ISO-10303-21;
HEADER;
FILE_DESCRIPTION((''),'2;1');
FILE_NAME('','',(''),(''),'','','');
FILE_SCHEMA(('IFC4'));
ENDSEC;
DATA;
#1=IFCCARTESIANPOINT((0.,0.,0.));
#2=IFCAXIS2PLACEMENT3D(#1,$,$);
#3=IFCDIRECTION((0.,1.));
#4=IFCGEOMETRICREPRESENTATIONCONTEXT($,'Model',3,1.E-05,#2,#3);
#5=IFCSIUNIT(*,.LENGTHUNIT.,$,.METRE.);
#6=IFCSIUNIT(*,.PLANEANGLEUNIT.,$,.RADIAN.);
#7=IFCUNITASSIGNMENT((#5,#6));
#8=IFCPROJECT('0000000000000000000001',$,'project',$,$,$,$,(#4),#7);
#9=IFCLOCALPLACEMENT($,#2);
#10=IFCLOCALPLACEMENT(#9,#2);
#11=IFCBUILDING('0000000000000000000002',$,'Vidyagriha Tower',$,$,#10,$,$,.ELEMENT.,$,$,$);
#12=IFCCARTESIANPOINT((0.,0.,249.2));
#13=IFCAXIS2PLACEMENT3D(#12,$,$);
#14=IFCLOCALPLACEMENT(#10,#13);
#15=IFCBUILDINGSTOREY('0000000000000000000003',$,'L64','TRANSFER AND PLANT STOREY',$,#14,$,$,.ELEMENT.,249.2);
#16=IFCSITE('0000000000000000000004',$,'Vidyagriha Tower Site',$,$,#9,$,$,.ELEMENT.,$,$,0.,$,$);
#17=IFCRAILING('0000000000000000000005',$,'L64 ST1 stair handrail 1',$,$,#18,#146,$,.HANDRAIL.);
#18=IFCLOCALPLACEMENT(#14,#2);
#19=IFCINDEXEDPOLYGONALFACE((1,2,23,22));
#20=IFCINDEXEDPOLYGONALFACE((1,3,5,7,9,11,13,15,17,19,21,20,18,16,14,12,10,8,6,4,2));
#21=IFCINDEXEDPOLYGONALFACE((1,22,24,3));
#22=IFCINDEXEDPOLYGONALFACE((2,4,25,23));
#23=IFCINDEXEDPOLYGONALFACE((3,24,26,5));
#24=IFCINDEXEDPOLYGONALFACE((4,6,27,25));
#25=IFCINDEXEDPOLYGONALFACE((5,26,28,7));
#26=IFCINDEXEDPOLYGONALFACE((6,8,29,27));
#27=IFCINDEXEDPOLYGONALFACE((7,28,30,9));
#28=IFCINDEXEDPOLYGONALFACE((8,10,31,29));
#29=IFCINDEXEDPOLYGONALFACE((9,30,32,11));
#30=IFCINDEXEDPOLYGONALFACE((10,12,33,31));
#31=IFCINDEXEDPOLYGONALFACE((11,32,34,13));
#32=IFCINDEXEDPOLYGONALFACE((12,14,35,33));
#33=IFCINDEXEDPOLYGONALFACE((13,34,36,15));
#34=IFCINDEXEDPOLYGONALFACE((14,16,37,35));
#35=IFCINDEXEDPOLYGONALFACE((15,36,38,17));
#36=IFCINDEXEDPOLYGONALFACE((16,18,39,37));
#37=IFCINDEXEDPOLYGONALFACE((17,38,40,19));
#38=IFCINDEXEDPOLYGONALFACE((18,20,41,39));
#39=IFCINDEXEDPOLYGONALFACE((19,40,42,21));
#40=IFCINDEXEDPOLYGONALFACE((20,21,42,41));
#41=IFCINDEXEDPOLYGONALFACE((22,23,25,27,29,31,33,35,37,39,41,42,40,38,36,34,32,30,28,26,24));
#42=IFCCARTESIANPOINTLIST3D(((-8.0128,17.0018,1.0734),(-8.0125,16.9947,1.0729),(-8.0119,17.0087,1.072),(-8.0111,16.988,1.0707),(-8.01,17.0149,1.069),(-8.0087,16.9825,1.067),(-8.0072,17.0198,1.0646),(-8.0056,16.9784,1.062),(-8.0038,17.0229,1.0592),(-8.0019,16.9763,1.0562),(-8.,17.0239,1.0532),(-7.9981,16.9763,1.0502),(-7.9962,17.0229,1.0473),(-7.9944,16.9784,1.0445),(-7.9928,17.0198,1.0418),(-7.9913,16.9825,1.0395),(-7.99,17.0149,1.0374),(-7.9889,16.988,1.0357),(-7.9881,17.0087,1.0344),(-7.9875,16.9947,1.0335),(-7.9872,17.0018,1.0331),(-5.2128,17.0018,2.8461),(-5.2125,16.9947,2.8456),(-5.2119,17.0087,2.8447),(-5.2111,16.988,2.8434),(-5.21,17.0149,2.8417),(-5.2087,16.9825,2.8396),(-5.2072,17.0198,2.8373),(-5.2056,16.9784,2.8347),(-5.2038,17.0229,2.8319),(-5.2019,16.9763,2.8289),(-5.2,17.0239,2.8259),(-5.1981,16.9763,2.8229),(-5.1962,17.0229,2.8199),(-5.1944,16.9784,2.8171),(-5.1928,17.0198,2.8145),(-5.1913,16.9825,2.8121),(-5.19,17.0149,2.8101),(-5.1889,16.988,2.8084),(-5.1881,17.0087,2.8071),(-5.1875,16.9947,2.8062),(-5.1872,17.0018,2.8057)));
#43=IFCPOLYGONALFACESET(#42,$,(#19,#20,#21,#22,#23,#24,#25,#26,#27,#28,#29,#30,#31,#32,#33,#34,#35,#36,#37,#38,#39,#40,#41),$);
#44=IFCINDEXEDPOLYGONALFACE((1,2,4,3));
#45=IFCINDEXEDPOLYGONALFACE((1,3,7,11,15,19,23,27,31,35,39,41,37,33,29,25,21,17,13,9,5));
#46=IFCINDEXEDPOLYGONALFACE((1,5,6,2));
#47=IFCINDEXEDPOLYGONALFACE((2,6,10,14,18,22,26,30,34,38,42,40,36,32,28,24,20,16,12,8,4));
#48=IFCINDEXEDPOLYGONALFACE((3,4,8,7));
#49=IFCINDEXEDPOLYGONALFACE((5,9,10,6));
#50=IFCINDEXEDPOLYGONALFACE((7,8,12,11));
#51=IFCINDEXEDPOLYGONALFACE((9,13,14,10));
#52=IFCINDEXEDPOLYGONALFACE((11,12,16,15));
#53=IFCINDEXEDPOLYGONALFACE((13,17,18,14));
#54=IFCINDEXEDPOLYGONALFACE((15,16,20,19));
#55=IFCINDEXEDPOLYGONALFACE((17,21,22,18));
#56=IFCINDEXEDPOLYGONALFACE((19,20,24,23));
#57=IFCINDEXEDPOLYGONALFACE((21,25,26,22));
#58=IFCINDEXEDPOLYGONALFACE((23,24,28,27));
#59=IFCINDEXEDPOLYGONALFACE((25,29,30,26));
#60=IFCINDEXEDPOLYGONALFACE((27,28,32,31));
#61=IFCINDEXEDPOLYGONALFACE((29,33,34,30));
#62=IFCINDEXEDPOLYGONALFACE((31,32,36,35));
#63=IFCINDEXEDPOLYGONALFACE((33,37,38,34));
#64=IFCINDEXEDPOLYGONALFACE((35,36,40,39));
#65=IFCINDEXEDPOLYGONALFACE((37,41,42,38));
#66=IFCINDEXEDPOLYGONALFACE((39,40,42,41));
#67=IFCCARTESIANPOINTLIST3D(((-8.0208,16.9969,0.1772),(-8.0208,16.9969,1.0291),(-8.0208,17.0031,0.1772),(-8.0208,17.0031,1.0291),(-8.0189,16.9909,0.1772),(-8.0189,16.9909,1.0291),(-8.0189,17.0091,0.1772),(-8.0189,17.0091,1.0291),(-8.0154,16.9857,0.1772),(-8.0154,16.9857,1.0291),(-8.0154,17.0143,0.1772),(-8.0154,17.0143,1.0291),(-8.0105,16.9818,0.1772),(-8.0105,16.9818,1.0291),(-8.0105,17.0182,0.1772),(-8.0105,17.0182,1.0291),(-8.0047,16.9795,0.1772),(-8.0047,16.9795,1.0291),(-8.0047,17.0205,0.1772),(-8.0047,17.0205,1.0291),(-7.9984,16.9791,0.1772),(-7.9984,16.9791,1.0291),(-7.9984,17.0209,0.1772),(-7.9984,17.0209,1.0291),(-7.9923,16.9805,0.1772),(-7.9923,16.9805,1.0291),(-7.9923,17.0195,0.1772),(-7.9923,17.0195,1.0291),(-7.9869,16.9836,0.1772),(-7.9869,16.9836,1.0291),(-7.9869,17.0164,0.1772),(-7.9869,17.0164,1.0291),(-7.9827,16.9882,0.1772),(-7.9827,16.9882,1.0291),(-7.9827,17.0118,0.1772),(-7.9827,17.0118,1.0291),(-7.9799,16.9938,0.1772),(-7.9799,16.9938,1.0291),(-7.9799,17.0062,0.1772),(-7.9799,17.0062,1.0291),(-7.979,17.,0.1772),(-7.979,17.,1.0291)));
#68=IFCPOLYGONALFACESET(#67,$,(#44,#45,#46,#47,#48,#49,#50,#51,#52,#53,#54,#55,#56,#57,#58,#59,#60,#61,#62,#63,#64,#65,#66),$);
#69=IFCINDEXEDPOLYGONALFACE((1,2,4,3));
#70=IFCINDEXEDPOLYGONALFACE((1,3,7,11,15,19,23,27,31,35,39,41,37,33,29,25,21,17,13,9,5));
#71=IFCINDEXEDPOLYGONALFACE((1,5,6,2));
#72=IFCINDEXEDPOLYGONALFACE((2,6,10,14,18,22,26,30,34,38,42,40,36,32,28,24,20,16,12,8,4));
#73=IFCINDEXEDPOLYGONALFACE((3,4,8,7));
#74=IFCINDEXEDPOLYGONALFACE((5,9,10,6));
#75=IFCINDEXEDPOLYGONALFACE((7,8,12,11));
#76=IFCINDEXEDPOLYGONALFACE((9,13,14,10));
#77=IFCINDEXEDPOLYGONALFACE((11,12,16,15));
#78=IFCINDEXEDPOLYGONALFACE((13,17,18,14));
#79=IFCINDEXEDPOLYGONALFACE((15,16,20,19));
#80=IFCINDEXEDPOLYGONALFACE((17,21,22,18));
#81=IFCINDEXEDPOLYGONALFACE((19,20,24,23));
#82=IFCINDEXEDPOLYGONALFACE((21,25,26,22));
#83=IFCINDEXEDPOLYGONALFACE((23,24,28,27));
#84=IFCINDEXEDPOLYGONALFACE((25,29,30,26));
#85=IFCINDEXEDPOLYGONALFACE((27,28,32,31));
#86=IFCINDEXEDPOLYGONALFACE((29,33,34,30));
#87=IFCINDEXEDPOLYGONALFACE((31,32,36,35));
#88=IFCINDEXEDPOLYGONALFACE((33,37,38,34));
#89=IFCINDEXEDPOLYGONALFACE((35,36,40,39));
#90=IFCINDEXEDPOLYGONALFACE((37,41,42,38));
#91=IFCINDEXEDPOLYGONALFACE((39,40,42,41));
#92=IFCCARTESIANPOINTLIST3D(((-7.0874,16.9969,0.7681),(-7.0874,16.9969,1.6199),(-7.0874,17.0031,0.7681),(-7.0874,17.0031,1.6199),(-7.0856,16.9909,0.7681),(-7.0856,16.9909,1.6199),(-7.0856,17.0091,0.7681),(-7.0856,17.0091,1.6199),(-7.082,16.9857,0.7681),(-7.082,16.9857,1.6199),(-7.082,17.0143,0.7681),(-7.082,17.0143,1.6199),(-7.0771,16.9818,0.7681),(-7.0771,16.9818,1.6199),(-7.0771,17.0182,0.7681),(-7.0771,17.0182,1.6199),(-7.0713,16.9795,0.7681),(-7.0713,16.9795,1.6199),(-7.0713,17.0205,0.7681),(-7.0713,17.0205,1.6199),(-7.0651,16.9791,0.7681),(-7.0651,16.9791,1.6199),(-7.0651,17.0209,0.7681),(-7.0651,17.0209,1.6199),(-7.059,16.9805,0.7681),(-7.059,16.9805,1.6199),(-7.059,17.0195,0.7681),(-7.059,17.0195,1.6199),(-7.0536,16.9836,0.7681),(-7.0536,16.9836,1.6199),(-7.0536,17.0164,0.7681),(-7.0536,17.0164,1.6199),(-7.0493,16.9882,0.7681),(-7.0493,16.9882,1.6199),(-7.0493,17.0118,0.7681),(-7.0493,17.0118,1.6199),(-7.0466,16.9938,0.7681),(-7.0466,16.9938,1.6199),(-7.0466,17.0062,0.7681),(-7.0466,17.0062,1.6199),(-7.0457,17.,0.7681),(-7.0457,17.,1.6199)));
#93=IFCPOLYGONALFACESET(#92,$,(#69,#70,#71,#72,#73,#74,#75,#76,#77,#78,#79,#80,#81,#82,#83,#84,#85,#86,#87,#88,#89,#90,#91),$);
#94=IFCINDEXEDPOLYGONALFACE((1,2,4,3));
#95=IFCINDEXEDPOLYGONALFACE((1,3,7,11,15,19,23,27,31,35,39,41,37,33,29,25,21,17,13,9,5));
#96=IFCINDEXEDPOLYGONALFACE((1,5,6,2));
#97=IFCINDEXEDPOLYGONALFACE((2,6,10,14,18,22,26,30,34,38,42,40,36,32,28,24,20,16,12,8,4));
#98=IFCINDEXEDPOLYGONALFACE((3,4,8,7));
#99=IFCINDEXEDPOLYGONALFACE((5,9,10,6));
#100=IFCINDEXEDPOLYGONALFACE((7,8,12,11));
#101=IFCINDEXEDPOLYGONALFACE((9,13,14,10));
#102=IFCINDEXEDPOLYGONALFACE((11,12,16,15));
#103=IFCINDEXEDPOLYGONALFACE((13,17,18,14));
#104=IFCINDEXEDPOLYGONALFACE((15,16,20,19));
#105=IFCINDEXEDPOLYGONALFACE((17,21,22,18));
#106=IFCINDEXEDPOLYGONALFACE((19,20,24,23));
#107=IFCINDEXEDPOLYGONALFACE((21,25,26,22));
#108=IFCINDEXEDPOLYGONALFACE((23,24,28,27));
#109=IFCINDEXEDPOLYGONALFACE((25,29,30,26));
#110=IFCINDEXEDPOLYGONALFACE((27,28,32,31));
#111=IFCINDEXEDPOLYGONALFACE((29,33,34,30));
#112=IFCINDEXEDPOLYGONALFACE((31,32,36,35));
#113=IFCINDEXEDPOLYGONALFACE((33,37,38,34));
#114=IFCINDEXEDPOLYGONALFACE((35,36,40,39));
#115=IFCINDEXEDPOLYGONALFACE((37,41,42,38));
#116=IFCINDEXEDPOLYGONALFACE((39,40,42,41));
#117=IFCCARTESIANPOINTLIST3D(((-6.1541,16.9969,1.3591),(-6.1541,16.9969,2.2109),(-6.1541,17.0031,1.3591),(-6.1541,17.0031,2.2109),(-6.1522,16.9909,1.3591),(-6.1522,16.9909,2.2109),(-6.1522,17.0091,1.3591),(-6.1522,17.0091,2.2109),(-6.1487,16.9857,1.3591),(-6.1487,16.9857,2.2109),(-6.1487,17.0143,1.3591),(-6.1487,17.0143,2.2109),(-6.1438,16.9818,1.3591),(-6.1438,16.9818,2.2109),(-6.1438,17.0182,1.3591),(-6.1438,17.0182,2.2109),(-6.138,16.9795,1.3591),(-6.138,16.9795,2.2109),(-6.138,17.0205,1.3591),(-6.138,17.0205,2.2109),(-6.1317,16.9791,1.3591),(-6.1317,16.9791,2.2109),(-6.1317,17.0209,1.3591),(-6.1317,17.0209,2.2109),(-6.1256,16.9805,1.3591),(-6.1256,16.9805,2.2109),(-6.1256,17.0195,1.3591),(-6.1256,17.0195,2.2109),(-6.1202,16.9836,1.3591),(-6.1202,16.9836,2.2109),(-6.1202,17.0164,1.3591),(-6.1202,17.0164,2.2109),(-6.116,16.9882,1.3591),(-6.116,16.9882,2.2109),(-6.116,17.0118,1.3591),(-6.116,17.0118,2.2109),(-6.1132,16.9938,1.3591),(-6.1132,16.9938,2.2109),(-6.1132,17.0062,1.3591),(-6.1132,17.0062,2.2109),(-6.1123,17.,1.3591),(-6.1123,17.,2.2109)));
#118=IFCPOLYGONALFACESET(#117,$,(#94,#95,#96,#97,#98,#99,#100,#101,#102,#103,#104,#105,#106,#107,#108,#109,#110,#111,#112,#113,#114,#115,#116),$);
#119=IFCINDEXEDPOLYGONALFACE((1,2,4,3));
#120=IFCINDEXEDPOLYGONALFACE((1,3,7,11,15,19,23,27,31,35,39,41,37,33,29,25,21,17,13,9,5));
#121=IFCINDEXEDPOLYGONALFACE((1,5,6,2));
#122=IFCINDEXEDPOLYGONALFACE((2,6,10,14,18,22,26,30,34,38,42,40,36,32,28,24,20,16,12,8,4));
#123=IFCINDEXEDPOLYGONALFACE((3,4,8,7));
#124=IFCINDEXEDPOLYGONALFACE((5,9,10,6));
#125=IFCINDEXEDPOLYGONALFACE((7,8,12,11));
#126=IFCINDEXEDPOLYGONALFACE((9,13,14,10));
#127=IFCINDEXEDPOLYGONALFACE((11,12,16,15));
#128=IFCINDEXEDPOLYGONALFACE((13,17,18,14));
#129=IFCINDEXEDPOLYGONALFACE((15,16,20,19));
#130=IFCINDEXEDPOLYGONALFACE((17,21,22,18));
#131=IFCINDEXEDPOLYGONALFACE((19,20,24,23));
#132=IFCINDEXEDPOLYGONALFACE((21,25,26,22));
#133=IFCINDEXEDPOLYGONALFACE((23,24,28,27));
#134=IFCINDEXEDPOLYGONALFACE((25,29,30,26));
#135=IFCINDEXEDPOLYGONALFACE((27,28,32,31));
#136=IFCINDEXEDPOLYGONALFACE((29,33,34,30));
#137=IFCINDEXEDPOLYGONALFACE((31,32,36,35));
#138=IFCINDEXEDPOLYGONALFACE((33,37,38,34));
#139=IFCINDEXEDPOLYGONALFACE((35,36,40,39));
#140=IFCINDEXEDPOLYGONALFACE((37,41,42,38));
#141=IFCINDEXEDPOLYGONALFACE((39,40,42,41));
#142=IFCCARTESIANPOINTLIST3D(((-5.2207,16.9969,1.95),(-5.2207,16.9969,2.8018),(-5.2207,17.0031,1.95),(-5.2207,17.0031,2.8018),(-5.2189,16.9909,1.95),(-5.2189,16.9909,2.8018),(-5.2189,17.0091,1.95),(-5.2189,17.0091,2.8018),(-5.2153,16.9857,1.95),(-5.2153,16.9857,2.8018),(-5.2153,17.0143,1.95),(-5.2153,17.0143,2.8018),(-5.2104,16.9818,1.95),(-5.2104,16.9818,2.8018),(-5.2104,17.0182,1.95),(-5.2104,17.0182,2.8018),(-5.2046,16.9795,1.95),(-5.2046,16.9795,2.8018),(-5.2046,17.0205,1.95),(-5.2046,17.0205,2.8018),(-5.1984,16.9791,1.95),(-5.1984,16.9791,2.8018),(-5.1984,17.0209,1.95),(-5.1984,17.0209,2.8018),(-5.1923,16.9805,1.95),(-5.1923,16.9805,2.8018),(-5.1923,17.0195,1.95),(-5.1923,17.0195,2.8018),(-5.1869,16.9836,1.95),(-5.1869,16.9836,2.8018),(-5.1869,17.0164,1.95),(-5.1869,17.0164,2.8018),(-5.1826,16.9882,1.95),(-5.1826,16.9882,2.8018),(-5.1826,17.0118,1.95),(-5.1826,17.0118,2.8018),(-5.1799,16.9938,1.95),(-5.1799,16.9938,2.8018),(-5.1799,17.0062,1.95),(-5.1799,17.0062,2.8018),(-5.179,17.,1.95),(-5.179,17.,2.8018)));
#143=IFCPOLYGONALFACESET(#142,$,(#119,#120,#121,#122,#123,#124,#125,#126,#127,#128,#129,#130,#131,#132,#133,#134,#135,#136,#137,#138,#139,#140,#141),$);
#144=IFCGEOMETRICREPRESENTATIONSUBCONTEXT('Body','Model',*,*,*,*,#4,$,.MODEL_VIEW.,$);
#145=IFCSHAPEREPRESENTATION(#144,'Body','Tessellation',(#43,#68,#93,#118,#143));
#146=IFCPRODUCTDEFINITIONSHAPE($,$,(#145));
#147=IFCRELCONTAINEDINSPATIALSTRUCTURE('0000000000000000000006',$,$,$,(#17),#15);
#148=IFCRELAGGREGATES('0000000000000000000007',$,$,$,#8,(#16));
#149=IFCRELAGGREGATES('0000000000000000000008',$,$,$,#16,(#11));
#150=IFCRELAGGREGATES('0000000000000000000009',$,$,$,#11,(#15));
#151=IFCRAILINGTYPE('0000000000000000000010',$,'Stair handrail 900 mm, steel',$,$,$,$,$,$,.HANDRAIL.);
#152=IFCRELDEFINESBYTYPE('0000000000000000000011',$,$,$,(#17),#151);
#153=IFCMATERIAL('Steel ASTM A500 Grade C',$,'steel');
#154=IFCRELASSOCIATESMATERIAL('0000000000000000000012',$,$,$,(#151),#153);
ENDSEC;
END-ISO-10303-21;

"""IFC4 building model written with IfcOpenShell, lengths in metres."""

from ifc_helpers import new_model, si_unit, direction, frame, origin, origin_2d, place, context, subcontext, project, spatial, circle, extrude, material, type_object, element, save


model = new_model("IFC4")

# Units and contexts
model_context = context("Model", 3, precision=1e-05, world=origin(), true_north=direction((0.0, 1.0)))
body_context = subcontext(model_context, "Body", "Model", "MODEL_VIEW")
ifc_project = project(units=[si_unit("LENGTHUNIT", "METRE"), si_unit("PLANEANGLEUNIT", "RADIAN")], contexts=[model_context])

# Site, building, storey
site_placement = place(None, origin())
site = spatial("IfcSite", under=ifc_project, at=site_placement, Name="Vidyagriha Tower Site", CompositionType="ELEMENT", RefElevation=0.0)
building_placement = place(site_placement, origin())
building = spatial("IfcBuilding", under=site, at=building_placement, Name="Vidyagriha Tower", CompositionType="ELEMENT")
storey_placement = place(building_placement, frame((0.0, 0.0, 249.2)))
storey = spatial("IfcBuildingStorey", under=building, at=storey_placement, Name="L64", Description="TRANSFER AND PLANT STOREY", CompositionType="ELEMENT", Elevation=249.2)

# Railing
ifc_material_1 = material(Name="Steel ASTM A500 Grade C", Category="steel")
railing_type_1 = type_object("IfcRailingType", Name="Stair handrail 900 mm, steel", PredefinedType="HANDRAIL", material=ifc_material_1)
railing_1_placement = place(storey_placement, frame((-8.0, 17.0, 0.1772)))
element("IfcRailing", 1, at=railing_1_placement, inside=storey, type_object=railing_type_1, Name="L64 ST1 stair handrail 1", PredefinedType="HANDRAIL", context=body_context, shape_type="SweptSolid", body=[
    extrude(circle(Radius=0.0239, at=origin_2d()), frame((0.0, 0.0, 0.876), z_axis=(0.844909, 0.0, 0.53491), x_axis=(0.0, 1.0, 0.0)), (0.0, 0.0, 1.0), 3.314),
    extrude(circle(Radius=0.021, at=origin_2d()), origin(), (0.0, 0.0, 1.0), 0.8518),
    extrude(circle(Radius=0.021, at=origin_2d()), frame((0.9333, 0.0, 0.5908)), (0.0, 0.0, 1.0), 0.8518),
    extrude(circle(Radius=0.021, at=origin_2d()), frame((1.8667, 0.0, 1.1819)), (0.0, 0.0, 1.0), 0.8518),
    extrude(circle(Radius=0.021, at=origin_2d()), frame((2.8, 0.0, 1.7727)), (0.0, 0.0, 1.0), 0.8518),
])

save(model, "model.ifc")
